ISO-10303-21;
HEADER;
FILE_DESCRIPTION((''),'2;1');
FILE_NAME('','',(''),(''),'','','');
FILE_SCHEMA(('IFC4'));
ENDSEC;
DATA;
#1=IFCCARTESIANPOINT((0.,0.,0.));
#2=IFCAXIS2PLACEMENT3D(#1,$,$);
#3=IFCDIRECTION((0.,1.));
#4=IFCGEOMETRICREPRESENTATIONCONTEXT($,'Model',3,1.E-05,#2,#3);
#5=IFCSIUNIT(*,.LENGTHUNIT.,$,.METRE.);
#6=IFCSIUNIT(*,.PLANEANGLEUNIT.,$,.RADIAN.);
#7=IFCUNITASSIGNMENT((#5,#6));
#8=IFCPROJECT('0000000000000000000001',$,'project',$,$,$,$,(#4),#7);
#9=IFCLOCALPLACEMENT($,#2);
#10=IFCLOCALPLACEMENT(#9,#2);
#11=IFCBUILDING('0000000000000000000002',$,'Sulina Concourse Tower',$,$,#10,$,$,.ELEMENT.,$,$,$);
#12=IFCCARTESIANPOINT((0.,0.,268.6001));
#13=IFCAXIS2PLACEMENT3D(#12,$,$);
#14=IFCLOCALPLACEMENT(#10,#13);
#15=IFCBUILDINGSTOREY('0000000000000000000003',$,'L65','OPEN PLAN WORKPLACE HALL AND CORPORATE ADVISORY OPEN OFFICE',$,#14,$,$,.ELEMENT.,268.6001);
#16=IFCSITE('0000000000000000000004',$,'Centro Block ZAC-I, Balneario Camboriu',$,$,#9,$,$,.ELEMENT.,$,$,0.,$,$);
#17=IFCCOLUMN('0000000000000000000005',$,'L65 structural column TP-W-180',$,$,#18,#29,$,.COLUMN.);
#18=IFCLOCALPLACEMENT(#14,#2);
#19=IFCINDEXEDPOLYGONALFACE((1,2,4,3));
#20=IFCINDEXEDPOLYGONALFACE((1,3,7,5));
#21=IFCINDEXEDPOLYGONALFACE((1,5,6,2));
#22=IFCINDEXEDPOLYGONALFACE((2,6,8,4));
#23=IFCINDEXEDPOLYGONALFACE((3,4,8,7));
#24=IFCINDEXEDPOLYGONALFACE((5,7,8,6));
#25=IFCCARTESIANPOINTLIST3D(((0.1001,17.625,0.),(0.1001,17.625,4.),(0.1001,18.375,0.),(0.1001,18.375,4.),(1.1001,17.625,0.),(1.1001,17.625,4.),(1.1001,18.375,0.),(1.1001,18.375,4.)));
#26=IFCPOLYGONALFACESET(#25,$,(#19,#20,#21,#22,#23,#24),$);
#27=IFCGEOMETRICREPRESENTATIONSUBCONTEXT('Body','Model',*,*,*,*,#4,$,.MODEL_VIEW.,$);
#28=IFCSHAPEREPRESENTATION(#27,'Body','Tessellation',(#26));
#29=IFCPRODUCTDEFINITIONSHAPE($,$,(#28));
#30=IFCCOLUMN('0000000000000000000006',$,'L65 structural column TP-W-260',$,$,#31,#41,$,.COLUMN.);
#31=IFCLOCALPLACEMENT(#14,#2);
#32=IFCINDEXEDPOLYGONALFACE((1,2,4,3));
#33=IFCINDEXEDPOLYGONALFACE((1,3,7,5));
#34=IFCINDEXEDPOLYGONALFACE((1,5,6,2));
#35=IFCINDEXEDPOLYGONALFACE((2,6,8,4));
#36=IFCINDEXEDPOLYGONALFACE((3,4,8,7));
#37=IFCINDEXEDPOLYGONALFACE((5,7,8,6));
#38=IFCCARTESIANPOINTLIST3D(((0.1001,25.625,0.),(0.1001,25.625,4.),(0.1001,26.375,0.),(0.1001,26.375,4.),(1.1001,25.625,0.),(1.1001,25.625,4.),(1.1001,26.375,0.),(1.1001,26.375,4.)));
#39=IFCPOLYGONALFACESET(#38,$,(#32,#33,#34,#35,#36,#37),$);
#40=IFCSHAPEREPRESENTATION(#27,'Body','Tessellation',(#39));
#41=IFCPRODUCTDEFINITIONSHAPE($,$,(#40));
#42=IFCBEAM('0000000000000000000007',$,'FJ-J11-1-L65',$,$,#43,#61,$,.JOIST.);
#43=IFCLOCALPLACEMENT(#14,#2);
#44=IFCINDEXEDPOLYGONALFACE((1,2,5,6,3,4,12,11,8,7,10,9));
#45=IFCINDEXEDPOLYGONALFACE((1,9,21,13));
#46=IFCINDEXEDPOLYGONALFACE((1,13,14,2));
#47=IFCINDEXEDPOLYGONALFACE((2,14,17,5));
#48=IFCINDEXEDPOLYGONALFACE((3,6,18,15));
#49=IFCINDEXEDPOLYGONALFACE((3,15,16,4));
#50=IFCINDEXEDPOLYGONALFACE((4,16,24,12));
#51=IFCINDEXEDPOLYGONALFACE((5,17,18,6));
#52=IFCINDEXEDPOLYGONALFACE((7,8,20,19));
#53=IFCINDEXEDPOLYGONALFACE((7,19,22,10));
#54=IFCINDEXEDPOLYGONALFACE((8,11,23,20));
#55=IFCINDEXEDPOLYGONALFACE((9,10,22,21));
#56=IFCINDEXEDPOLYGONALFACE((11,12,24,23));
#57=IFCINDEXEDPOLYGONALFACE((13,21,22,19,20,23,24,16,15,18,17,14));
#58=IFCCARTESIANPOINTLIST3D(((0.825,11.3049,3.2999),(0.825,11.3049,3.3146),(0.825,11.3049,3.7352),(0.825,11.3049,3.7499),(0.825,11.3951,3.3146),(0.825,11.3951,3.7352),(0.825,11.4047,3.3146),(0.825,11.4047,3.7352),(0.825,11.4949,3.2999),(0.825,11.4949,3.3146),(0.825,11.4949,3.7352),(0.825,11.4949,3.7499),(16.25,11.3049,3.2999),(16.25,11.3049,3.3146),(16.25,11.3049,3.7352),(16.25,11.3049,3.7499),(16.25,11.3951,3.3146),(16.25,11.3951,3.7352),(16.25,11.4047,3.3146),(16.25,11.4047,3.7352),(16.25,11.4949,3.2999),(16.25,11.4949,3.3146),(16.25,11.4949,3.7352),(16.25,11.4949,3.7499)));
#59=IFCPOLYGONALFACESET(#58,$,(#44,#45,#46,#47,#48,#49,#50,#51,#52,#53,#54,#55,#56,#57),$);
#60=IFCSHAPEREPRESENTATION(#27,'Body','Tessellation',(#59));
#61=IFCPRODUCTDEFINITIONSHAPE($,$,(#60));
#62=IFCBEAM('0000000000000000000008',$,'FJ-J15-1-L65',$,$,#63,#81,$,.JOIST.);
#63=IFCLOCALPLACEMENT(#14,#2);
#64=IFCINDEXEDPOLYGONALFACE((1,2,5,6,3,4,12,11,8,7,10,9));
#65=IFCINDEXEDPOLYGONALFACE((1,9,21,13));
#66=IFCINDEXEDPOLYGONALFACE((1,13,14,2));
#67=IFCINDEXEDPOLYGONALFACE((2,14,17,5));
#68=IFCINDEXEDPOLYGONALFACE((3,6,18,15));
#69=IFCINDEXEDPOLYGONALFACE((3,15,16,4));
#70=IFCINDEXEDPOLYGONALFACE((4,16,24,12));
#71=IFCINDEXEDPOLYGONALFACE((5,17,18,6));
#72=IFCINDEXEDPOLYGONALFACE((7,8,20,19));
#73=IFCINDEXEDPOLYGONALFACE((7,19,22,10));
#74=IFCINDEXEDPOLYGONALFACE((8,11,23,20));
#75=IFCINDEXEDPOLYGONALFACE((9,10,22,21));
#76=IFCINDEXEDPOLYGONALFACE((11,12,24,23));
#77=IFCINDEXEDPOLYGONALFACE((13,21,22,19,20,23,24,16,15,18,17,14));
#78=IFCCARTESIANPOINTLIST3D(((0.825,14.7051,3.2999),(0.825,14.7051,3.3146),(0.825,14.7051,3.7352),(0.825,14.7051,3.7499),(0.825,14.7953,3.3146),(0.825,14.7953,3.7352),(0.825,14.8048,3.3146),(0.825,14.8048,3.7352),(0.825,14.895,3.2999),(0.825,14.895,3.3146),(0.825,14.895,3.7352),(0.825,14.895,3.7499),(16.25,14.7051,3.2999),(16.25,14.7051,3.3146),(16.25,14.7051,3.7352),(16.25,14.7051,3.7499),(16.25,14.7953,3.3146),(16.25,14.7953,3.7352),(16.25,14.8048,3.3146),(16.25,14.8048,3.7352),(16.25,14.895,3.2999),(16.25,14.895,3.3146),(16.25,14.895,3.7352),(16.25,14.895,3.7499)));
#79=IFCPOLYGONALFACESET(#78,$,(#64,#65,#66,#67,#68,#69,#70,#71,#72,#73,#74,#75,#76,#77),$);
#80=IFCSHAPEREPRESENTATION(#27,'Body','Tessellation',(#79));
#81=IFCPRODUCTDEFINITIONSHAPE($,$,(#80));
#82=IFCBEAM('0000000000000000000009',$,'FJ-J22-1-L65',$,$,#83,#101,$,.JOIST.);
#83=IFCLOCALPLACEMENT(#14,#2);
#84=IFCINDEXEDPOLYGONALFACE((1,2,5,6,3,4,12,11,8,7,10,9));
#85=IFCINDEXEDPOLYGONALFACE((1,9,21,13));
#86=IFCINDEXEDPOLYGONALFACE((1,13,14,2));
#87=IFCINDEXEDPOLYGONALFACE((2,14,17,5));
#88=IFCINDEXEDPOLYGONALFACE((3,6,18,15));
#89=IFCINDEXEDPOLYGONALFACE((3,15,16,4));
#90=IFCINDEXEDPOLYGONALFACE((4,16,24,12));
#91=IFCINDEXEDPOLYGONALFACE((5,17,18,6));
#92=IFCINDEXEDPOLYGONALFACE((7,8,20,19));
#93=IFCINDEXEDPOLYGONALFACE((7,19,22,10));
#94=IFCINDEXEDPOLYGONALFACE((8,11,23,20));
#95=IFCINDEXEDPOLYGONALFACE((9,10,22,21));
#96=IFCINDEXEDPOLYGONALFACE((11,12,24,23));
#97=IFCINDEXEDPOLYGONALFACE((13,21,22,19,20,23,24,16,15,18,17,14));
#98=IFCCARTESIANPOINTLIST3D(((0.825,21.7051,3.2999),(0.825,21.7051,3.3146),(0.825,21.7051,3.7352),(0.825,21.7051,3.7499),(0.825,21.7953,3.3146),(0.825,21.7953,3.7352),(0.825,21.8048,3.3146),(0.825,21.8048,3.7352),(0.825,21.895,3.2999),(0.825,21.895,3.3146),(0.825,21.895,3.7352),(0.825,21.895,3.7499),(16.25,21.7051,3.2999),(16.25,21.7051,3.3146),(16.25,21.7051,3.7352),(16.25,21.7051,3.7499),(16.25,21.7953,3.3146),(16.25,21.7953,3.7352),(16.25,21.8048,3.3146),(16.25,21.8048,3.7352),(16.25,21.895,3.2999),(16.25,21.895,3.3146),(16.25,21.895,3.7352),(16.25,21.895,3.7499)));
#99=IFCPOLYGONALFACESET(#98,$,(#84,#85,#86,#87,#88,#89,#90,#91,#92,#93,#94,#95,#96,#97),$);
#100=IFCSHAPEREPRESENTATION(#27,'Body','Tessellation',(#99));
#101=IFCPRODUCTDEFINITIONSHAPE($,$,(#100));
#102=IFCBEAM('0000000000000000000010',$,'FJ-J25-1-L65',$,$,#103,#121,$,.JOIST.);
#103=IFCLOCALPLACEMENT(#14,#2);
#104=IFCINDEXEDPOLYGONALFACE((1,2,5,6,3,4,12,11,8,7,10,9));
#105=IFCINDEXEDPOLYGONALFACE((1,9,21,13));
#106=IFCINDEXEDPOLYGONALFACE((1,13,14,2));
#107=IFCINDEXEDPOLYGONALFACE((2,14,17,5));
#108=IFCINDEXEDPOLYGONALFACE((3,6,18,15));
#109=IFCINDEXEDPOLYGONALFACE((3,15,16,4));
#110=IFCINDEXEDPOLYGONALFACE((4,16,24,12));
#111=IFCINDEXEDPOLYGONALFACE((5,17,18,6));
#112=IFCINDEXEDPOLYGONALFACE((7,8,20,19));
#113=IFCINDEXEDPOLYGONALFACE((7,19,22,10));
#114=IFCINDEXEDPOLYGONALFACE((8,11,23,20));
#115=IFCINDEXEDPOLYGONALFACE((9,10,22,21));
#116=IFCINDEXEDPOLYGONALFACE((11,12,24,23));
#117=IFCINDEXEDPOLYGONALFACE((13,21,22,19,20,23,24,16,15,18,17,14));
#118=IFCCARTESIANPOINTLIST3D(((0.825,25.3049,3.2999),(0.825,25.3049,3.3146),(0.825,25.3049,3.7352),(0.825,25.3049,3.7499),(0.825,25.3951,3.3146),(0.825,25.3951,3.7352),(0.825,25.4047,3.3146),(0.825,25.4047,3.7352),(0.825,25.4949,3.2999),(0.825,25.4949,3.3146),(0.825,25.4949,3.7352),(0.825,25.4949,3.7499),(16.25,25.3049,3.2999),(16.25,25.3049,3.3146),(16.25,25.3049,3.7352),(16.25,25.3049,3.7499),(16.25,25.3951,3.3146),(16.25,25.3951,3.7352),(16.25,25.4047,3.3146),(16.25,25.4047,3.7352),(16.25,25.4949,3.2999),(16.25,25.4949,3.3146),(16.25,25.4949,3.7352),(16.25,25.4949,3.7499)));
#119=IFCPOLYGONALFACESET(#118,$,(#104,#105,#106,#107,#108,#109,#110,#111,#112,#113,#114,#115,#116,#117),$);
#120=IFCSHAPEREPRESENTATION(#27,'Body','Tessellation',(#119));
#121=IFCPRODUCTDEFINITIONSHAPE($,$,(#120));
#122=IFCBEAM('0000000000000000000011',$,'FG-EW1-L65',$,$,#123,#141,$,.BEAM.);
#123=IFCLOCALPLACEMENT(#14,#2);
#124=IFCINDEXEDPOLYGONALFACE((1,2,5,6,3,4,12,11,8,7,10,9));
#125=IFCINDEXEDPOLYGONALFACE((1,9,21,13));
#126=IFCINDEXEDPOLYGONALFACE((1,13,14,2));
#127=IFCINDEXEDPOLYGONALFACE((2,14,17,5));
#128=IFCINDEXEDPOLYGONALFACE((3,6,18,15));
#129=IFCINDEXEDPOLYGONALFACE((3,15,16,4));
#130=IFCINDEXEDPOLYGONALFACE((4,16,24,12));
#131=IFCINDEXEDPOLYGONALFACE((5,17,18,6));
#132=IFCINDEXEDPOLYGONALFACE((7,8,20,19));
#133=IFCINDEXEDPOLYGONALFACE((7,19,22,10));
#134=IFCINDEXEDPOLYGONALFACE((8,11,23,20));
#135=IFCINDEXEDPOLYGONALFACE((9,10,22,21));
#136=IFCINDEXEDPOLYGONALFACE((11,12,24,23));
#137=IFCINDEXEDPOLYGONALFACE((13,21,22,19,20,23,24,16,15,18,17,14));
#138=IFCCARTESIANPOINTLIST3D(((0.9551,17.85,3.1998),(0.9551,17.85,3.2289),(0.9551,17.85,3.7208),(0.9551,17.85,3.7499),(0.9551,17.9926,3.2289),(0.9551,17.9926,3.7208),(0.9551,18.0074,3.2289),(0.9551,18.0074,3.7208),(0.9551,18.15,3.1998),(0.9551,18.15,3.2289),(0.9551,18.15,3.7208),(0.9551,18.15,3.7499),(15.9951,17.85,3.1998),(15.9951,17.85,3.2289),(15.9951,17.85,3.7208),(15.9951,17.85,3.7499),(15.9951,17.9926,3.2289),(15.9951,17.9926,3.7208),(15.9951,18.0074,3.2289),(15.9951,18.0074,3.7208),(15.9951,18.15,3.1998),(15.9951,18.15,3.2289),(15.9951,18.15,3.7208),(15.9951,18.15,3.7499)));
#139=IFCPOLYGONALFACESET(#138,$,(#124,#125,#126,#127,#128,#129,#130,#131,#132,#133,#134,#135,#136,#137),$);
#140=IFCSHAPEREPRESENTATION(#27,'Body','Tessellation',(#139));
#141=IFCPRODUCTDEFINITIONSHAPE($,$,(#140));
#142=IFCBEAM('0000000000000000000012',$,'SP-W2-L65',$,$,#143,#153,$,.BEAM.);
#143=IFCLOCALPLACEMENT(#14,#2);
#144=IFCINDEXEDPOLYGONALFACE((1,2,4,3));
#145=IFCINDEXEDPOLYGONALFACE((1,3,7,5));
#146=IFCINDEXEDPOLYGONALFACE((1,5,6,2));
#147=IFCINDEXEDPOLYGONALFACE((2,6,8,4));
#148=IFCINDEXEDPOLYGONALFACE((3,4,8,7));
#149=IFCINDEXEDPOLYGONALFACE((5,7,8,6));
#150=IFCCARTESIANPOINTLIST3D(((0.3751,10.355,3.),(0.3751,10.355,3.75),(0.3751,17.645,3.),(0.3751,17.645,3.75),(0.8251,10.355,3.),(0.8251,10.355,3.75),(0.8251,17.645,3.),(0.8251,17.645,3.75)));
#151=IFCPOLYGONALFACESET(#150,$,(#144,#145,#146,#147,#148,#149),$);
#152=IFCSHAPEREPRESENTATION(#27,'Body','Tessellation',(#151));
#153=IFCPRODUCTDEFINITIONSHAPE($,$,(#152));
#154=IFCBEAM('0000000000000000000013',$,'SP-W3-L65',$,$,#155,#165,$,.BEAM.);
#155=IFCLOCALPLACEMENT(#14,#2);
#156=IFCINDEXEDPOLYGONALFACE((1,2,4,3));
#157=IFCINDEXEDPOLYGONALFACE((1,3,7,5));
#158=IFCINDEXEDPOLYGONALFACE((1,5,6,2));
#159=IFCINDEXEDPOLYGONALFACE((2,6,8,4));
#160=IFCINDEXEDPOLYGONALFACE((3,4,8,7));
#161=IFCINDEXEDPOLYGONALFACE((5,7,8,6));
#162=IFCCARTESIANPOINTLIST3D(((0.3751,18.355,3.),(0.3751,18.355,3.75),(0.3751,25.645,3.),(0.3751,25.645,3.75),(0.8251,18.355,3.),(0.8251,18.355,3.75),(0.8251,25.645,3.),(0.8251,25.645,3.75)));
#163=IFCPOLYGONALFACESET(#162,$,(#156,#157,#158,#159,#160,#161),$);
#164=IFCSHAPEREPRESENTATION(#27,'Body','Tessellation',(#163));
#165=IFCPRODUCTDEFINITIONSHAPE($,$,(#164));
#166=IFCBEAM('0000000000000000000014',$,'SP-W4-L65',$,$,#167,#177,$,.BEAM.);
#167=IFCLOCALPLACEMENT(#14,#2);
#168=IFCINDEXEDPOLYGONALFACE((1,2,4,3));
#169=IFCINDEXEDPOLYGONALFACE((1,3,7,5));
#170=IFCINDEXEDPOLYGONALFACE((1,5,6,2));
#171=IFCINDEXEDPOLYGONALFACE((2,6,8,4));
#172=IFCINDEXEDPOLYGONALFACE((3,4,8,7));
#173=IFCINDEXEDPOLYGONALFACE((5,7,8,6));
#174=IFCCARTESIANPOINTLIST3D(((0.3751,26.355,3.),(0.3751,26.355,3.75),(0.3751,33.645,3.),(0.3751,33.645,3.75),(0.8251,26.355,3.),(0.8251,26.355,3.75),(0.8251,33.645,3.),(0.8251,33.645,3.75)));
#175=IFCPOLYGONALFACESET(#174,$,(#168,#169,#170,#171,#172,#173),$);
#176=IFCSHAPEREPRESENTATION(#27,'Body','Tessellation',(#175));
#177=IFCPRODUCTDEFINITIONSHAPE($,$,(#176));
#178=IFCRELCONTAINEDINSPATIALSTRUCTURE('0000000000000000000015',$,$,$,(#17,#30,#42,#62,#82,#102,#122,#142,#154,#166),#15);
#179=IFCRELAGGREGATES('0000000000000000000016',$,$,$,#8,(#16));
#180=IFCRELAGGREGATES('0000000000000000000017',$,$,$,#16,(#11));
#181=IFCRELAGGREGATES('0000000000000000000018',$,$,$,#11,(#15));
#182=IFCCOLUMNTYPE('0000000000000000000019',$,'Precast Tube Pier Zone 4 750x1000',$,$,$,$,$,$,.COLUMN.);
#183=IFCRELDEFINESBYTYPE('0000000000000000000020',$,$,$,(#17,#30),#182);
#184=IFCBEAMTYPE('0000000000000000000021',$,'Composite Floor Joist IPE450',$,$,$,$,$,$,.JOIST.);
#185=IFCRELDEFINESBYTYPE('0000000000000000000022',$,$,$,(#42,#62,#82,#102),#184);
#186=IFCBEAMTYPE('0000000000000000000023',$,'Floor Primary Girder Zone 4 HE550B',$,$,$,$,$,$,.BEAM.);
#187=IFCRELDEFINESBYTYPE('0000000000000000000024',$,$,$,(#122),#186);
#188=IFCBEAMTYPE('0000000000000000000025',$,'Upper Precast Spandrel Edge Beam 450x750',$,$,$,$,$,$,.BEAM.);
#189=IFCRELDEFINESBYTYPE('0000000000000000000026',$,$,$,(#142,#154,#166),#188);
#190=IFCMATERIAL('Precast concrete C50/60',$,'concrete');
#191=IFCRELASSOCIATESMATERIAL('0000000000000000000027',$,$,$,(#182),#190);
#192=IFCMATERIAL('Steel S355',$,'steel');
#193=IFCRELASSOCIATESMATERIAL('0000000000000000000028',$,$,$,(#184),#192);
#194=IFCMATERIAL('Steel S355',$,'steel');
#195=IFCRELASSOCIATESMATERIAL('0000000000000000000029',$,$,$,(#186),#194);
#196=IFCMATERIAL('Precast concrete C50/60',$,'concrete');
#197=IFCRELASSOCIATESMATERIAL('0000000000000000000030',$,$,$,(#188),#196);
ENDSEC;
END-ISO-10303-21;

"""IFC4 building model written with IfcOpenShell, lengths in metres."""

from ifc_helpers import new_model, si_unit, direction, frame, origin, origin_2d, place, context, subcontext, project, spatial, rectangle, i_section, extrude, material, material_profile, profile_set, type_object, element, save


model = new_model("IFC4")

# Units and contexts
model_context = context("Model", 3, precision=1e-05, world=origin(), true_north=direction((0.0, 1.0)))
body_context = subcontext(model_context, "Body", "Model", "MODEL_VIEW")
ifc_project = project(units=[si_unit("LENGTHUNIT", "METRE"), si_unit("PLANEANGLEUNIT", "RADIAN")], contexts=[model_context])

# Site, building, storey
site_placement = place(None, origin())
site = spatial("IfcSite", under=ifc_project, at=site_placement, Name="Centro Block ZAC-I, Balneario Camboriu", CompositionType="ELEMENT", RefElevation=0.0)
building_placement = place(site_placement, origin())
building = spatial("IfcBuilding", under=site, at=building_placement, Name="Sulina Concourse Tower", CompositionType="ELEMENT")
storey_placement = place(building_placement, frame((0.0, 0.0, 268.6001)))
storey = spatial("IfcBuildingStorey", under=building, at=storey_placement, Name="L65", Description="OPEN PLAN WORKPLACE HALL AND CORPORATE ADVISORY OPEN OFFICE", CompositionType="ELEMENT", Elevation=268.6001)

# Columns
ifc_material_1 = material(Name="Precast concrete C50/60", Category="concrete")
ifc_material_profile_1 = material_profile(ifc_material_1, rectangle(XDim=0.75, YDim=1.0, at=origin_2d()), Name="PC 750x1000")
ifc_profile_set_1 = profile_set([ifc_material_profile_1], Name="Precast concrete C50/60")
column_type = type_object("IfcColumnType", Name="Precast Tube Pier Zone 4 750x1000", PredefinedType="COLUMN", material=ifc_profile_set_1)
for number, where, z_axis, x_axis, name in (
    (1, (0.6001, 18.0, 0.0), (0.0, 0.0, 1.0), (0.0, 1.0, 0.0), "L65 structural column TP-W-180"),
    (2, (0.6001, 26.0, 0.0), (0.0, 0.0, 1.0), (0.0, 1.0, 0.0), "L65 structural column TP-W-260"),
):
    element("IfcColumn", number, at=place(storey_placement, frame(where, z_axis=z_axis, x_axis=x_axis)), inside=storey, type_object=column_type, Name=name, PredefinedType="COLUMN", context=body_context, shape_type="SweptSolid", body=[
        extrude(rectangle(XDim=0.75, YDim=1.0, at=origin_2d()), origin(), (0.0, 0.0, 1.0), 4.0),
    ])

# Beams
ifc_material_2 = material(Name="Steel S355", Category="steel")
ifc_material_profile_2 = material_profile(ifc_material_2, i_section(OverallWidth=0.1899, OverallDepth=0.45, WebThickness=0.0095, FlangeThickness=0.0146, at=origin_2d()), Name="IPE 450")
ifc_profile_set_2 = profile_set([ifc_material_profile_2], Name="Steel S355")
beam_type_1 = type_object("IfcBeamType", Name="Composite Floor Joist IPE450", PredefinedType="JOIST", material=ifc_profile_set_2)
for number, where, z_axis, x_axis, name in (
    (3, (0.825, 11.3999, 3.5249), (1.0, 0.0, 0.0), (0.0, 1.0, 0.0), "FJ-J11-1-L65"),
    (4, (0.825, 14.8, 3.5249), (1.0, 0.0, 0.0), (0.0, 1.0, 0.0), "FJ-J15-1-L65"),
    (5, (0.825, 21.8, 3.5249), (1.0, 0.0, 0.0), (0.0, 1.0, 0.0), "FJ-J22-1-L65"),
    (6, (0.825, 25.3999, 3.5249), (1.0, 0.0, 0.0), (0.0, 1.0, 0.0), "FJ-J25-1-L65"),
):
    element("IfcBeam", number, at=place(storey_placement, frame(where, z_axis=z_axis, x_axis=x_axis)), inside=storey, type_object=beam_type_1, Name=name, PredefinedType="JOIST", context=body_context, shape_type="SweptSolid", body=[
        extrude(i_section(OverallWidth=0.1899, OverallDepth=0.45, WebThickness=0.0095, FlangeThickness=0.0146, at=origin_2d()), origin(), (0.0, 0.0, 1.0), 15.425),
    ])
ifc_material_3 = material(Name="Steel S355", Category="steel")
ifc_material_profile_3 = material_profile(ifc_material_3, i_section(OverallWidth=0.3, OverallDepth=0.55, WebThickness=0.0149, FlangeThickness=0.0291, at=origin_2d()), Name="HE 550 B")
ifc_profile_set_3 = profile_set([ifc_material_profile_3], Name="Steel S355")
beam_type_2 = type_object("IfcBeamType", Name="Floor Primary Girder Zone 4 HE550B", PredefinedType="BEAM", material=ifc_profile_set_3)
beam_placement = place(storey_placement, frame((0.9551, 18.0, 3.4749), z_axis=(1.0, 0.0, 0.0), x_axis=(0.0, 1.0, 0.0)))
element("IfcBeam", 7, at=beam_placement, inside=storey, type_object=beam_type_2, Name="FG-EW1-L65", PredefinedType="BEAM", context=body_context, shape_type="SweptSolid", body=[
    extrude(i_section(OverallWidth=0.3, OverallDepth=0.55, WebThickness=0.0149, FlangeThickness=0.0291, at=origin_2d()), origin(), (0.0, 0.0, 1.0), 15.04),
])
ifc_material_4 = material(Name="Precast concrete C50/60", Category="concrete")
ifc_material_profile_4 = material_profile(ifc_material_4, rectangle(XDim=0.45, YDim=0.75, at=origin_2d()), Name="RC 450x750")
ifc_profile_set_4 = profile_set([ifc_material_profile_4], Name="Precast concrete C50/60")
beam_type_3 = type_object("IfcBeamType", Name="Upper Precast Spandrel Edge Beam 450x750", PredefinedType="BEAM", material=ifc_profile_set_4)
for number, where, z_axis, x_axis, name in (
    (8, (0.6001, 10.355, 3.375), (0.0, 1.0, 0.0), (-1.0, 0.0, 0.0), "SP-W2-L65"),
    (9, (0.6001, 18.355, 3.375), (0.0, 1.0, 0.0), (-1.0, 0.0, 0.0), "SP-W3-L65"),
    (10, (0.6001, 26.355, 3.375), (0.0, 1.0, 0.0), (-1.0, 0.0, 0.0), "SP-W4-L65"),
):
    element("IfcBeam", number, at=place(storey_placement, frame(where, z_axis=z_axis, x_axis=x_axis)), inside=storey, type_object=beam_type_3, Name=name, PredefinedType="BEAM", context=body_context, shape_type="SweptSolid", body=[
        extrude(rectangle(XDim=0.45, YDim=0.75, at=origin_2d()), origin(), (0.0, 0.0, 1.0), 7.29),
    ])

save(model, "model.ifc")
